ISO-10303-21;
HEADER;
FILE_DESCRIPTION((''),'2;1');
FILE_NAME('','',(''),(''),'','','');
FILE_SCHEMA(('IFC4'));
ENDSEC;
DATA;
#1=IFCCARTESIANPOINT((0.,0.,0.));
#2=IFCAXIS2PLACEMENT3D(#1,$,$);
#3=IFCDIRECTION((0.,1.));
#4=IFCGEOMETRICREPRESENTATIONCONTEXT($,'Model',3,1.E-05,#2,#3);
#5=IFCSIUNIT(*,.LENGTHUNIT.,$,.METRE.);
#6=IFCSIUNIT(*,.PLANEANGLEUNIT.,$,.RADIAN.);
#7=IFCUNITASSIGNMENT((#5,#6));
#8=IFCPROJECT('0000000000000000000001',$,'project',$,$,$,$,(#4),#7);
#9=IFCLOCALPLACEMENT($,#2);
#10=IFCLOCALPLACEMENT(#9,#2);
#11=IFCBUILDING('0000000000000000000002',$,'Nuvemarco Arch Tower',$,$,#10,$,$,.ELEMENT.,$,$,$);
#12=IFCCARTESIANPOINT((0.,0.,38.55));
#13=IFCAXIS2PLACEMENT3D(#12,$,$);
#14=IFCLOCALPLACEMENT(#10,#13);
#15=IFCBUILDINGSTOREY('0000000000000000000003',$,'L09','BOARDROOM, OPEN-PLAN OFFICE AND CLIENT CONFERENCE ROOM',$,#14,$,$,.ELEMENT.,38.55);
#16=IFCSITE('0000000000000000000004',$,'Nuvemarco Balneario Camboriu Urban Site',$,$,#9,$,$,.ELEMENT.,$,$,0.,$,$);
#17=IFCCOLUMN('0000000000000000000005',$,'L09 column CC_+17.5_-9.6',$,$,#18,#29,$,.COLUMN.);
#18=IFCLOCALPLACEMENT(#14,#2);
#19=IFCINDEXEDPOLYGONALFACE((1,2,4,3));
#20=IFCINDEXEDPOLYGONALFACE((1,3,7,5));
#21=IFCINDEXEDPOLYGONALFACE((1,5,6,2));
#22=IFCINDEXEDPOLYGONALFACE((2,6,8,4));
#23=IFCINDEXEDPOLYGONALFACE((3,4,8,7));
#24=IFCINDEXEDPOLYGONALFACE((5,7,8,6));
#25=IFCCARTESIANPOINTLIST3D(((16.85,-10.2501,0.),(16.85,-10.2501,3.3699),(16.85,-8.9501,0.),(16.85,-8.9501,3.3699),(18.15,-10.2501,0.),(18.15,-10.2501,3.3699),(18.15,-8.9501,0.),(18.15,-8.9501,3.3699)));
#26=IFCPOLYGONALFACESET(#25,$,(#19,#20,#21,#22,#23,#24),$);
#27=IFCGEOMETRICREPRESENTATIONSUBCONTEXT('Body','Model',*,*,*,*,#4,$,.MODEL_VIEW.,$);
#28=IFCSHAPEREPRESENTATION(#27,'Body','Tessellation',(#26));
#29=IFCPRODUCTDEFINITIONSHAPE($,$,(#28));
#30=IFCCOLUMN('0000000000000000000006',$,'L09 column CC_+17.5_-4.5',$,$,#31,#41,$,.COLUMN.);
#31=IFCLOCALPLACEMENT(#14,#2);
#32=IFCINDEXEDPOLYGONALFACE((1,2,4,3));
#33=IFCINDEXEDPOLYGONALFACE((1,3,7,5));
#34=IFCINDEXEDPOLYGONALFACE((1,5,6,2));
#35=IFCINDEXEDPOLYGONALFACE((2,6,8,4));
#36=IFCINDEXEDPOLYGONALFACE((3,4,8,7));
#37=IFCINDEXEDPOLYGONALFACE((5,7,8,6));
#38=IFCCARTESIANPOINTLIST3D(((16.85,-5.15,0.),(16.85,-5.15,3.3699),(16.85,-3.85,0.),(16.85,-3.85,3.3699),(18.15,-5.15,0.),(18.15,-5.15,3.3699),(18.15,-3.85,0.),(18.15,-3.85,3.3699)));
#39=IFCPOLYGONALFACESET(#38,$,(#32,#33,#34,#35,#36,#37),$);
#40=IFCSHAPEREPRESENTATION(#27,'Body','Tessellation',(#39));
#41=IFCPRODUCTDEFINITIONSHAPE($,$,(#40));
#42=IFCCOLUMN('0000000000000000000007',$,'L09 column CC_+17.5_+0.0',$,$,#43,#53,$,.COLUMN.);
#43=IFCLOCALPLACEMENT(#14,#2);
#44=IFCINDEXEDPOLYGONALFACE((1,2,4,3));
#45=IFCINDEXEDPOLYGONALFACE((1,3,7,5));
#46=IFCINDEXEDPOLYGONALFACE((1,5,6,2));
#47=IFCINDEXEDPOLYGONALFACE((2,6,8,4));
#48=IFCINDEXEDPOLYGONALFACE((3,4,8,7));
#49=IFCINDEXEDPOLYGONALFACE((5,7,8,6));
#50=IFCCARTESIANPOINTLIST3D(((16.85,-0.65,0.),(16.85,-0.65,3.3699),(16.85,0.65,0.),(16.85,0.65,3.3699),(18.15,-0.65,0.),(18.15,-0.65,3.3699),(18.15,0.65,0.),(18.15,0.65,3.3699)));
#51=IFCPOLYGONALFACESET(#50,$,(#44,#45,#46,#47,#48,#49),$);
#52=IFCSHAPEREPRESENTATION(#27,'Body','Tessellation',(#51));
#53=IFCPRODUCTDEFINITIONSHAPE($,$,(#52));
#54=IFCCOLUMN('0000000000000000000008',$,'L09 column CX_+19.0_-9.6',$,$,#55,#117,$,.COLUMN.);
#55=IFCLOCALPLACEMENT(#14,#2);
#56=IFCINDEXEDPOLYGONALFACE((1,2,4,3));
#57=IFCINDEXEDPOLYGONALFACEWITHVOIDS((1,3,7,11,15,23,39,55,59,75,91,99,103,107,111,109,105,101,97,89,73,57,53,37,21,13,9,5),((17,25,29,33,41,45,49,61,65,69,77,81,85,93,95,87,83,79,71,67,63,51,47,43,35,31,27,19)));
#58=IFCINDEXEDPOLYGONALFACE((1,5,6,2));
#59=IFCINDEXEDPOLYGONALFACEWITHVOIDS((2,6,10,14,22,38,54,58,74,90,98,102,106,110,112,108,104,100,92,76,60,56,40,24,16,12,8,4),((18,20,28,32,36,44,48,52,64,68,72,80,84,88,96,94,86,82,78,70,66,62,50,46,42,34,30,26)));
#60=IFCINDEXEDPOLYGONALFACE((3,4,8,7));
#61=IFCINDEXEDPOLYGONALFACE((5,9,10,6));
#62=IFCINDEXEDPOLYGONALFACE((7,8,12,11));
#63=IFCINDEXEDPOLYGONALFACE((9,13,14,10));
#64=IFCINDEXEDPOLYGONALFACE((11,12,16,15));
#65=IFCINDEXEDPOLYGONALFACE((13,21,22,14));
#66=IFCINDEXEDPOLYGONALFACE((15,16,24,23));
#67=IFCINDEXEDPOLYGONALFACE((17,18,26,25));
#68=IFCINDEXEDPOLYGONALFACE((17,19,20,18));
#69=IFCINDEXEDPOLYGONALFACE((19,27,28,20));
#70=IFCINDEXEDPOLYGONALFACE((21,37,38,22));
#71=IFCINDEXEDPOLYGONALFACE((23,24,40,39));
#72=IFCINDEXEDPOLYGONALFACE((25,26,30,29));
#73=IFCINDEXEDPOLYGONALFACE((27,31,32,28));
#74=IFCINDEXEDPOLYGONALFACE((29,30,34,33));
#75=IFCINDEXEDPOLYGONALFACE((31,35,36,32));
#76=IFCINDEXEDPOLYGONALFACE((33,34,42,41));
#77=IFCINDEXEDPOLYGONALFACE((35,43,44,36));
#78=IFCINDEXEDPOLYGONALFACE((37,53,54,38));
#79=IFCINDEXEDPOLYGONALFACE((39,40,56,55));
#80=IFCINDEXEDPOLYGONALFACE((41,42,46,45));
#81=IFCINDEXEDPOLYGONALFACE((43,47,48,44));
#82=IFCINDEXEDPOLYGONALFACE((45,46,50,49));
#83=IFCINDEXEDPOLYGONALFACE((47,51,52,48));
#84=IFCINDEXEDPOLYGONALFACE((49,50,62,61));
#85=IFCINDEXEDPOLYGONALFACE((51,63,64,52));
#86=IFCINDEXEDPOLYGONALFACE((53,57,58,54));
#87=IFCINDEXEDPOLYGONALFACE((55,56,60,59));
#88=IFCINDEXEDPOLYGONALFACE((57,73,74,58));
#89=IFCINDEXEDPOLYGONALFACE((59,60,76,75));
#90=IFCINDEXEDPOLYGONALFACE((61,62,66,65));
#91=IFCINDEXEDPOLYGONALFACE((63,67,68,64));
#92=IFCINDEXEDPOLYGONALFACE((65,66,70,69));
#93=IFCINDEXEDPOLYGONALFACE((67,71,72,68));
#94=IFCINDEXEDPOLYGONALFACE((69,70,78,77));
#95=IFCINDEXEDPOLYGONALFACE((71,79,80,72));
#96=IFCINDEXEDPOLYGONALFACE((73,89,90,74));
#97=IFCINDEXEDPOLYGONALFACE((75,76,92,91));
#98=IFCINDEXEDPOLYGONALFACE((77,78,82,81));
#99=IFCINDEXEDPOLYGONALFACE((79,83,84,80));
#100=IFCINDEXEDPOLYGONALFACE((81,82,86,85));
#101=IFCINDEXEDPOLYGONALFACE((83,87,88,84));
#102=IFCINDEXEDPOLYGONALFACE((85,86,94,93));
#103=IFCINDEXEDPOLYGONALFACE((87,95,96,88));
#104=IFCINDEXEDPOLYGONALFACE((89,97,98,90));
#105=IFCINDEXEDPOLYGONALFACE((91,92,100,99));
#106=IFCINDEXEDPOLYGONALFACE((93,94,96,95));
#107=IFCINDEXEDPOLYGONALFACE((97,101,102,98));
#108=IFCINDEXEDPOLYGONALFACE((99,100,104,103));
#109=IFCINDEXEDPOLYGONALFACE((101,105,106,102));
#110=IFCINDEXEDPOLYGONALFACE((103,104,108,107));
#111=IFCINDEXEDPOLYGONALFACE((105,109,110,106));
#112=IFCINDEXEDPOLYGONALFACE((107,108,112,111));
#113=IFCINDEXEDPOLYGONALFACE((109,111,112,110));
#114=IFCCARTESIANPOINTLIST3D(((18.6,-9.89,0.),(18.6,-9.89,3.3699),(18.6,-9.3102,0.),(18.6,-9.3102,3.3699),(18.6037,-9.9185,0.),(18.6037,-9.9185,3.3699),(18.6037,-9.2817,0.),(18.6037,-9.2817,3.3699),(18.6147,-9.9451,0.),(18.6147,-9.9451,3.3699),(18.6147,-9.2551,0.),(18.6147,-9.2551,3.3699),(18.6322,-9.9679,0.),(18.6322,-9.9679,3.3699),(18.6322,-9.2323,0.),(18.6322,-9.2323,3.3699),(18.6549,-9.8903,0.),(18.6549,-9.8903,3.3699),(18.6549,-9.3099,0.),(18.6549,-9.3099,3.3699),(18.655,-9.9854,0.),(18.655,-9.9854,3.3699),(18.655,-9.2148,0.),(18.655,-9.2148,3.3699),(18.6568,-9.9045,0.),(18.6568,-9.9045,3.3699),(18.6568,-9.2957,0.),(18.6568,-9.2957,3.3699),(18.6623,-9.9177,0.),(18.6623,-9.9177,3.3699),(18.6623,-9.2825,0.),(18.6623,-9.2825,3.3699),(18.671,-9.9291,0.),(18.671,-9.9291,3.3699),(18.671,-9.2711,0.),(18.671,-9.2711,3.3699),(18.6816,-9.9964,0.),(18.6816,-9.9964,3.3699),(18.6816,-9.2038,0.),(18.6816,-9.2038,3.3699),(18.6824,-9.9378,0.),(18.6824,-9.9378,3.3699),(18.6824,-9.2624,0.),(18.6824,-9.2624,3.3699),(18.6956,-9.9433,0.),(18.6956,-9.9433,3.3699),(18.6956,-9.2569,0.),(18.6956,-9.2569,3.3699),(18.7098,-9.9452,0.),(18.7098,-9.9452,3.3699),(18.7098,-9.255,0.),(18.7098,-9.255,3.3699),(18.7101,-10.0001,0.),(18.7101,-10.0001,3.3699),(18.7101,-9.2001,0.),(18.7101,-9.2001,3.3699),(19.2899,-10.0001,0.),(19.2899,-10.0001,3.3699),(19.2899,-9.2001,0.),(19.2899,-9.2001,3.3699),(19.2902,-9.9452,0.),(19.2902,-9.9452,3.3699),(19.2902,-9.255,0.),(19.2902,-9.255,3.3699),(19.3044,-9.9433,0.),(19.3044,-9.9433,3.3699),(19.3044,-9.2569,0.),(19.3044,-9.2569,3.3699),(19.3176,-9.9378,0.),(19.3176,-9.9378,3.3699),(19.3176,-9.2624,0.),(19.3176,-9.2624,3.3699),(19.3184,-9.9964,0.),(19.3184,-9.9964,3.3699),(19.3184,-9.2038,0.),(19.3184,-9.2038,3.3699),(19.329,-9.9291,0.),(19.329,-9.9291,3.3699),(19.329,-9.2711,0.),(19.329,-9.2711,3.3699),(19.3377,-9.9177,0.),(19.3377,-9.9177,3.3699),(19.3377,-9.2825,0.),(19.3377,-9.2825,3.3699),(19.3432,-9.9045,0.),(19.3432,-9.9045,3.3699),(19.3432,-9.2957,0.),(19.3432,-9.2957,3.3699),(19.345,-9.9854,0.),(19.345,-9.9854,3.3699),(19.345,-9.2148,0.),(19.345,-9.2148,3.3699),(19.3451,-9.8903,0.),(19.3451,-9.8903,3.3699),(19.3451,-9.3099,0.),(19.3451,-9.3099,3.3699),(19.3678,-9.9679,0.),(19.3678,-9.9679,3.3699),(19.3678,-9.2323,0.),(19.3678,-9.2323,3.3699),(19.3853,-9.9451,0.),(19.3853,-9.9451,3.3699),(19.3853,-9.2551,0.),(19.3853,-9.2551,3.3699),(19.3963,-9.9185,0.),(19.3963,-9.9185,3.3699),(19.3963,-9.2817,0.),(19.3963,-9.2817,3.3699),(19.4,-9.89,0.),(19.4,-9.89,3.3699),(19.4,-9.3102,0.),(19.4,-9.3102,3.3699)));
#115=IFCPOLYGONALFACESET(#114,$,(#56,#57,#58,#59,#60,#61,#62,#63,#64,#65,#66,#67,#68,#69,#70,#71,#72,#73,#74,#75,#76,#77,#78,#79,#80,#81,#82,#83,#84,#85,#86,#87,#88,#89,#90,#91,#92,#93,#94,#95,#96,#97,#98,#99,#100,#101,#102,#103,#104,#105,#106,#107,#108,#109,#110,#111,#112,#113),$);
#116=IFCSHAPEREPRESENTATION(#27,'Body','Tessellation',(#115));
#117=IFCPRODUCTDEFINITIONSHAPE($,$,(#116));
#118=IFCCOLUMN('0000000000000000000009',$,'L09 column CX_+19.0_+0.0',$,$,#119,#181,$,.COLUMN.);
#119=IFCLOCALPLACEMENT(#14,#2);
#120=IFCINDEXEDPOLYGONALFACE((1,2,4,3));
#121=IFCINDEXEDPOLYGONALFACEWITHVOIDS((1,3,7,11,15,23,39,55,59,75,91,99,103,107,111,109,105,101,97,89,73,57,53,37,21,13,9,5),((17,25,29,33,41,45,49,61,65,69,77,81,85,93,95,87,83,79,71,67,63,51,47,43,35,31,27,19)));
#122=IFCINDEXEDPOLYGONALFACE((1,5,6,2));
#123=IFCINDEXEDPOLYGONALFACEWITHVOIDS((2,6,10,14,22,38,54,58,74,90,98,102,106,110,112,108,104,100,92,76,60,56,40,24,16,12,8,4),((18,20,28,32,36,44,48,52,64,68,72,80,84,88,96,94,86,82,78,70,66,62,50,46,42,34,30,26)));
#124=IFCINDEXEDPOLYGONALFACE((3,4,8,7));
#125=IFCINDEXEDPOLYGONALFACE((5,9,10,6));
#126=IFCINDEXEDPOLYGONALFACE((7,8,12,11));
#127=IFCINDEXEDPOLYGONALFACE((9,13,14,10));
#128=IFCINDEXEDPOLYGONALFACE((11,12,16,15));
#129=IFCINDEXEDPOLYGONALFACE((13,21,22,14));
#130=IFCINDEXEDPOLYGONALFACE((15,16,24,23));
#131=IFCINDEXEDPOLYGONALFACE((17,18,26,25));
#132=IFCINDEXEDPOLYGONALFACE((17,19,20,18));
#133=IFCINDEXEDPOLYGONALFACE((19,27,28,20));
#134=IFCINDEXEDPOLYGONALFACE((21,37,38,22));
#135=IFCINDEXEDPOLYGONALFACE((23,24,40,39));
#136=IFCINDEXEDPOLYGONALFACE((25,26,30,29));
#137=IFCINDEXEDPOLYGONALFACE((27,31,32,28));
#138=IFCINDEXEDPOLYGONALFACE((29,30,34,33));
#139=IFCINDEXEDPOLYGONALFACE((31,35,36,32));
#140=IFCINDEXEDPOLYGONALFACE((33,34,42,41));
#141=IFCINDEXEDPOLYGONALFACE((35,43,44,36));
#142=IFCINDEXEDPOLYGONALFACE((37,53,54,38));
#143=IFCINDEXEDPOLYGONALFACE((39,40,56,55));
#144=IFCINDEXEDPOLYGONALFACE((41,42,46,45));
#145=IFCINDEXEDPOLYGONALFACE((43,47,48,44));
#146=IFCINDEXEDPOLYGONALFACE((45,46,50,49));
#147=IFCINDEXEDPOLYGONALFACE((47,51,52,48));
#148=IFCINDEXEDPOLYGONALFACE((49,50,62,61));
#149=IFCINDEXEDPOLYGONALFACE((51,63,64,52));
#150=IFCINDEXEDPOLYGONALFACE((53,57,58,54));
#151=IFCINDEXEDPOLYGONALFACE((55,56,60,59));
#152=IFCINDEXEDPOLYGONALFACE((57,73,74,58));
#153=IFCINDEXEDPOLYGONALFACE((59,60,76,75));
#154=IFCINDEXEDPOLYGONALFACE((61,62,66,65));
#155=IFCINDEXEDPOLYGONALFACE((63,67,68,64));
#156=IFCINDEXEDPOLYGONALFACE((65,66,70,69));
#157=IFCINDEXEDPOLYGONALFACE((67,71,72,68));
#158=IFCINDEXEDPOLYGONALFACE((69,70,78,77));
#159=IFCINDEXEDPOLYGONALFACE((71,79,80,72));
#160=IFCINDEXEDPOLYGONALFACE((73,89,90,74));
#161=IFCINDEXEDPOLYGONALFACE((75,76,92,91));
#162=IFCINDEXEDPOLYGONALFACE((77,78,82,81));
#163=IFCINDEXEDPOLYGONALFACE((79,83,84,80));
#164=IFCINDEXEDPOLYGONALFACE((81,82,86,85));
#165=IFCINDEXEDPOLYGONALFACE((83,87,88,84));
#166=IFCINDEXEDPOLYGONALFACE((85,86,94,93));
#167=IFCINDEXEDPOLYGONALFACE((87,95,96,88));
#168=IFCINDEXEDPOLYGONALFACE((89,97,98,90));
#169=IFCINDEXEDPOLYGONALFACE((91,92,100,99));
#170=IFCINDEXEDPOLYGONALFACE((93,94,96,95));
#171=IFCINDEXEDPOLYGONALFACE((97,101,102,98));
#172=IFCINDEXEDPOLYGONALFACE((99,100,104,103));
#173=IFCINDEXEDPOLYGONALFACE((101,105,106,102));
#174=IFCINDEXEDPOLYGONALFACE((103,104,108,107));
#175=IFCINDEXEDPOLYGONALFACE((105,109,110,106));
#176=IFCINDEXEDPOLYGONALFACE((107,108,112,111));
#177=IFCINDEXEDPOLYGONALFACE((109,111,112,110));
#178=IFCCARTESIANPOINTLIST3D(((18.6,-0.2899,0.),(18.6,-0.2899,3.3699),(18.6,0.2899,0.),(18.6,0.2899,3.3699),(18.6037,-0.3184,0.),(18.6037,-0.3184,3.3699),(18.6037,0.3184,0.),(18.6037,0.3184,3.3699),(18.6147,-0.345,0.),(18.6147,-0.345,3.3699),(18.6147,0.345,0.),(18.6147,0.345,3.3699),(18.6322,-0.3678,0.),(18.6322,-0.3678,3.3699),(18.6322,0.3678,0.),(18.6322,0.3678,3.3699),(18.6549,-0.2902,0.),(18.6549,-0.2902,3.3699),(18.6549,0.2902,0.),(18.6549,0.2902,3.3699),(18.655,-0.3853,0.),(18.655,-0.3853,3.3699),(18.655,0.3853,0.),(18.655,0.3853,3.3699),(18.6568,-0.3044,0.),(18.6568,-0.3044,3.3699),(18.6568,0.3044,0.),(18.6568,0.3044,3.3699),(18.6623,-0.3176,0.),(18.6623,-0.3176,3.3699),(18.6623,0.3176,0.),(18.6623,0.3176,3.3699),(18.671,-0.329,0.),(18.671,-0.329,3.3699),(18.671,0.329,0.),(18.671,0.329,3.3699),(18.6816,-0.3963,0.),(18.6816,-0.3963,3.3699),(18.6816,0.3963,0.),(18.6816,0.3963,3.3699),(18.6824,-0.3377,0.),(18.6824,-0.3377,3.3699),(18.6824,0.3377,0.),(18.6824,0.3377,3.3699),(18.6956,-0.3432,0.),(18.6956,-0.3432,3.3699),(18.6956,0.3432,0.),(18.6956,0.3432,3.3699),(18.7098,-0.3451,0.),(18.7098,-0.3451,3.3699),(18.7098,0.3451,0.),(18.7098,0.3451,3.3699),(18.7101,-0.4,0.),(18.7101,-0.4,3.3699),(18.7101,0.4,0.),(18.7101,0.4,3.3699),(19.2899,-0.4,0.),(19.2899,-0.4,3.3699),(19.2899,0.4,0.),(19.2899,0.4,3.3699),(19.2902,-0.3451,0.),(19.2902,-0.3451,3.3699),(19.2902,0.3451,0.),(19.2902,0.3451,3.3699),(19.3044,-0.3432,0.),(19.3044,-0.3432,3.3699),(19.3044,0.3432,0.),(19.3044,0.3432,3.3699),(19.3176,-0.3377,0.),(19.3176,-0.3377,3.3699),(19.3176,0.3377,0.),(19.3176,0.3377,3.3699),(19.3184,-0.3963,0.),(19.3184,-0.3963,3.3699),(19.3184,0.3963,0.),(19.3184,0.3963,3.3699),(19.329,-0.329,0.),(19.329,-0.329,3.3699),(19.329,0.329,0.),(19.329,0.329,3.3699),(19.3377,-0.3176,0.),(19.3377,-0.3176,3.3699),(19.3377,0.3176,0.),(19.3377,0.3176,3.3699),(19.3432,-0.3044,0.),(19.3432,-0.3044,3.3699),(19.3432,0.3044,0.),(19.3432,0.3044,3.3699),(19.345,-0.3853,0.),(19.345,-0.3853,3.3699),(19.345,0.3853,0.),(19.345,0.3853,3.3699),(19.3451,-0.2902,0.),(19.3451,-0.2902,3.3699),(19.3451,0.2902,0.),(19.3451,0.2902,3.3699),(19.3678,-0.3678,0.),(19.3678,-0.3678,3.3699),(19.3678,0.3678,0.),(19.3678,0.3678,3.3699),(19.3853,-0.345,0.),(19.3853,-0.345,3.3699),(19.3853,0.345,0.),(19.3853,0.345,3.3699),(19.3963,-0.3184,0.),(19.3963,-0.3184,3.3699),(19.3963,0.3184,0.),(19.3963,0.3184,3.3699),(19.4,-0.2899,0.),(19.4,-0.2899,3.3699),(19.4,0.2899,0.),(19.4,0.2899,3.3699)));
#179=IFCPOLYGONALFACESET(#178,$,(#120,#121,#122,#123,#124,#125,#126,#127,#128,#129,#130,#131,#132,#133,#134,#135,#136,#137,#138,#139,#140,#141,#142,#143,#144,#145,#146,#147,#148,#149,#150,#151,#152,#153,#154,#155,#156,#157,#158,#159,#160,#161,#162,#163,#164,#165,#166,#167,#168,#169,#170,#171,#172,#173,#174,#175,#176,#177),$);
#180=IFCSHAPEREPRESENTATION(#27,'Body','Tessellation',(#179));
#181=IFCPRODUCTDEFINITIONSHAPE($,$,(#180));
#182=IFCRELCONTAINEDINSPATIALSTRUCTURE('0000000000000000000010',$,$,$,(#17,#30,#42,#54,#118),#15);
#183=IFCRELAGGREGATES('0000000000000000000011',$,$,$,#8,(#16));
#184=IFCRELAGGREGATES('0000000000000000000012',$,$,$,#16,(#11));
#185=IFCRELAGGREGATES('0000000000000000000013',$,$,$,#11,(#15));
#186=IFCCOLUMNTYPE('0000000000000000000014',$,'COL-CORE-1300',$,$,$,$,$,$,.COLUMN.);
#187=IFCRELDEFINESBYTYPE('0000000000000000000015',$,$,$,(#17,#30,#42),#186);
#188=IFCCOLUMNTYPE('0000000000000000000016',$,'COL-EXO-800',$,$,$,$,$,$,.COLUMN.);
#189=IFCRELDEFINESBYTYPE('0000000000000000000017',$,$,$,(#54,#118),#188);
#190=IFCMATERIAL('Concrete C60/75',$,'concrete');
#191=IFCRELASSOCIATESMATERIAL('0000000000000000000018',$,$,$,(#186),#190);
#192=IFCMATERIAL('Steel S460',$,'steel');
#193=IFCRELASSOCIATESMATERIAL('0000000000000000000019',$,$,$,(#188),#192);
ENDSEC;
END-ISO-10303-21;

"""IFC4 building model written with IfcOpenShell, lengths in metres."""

from ifc_helpers import new_model, si_unit, direction, frame, origin, origin_2d, place, context, subcontext, project, spatial, rectangle, hollow_rectangle, extrude, material, material_profile, profile_set, type_object, element, save


model = new_model("IFC4")

# Units and contexts
model_context = context("Model", 3, precision=1e-05, world=origin(), true_north=direction((0.0, 1.0)))
body_context = subcontext(model_context, "Body", "Model", "MODEL_VIEW")
ifc_project = project(units=[si_unit("LENGTHUNIT", "METRE"), si_unit("PLANEANGLEUNIT", "RADIAN")], contexts=[model_context])

# Site, building, storey
site_placement = place(None, origin())
site = spatial("IfcSite", under=ifc_project, at=site_placement, Name="Nuvemarco Balneario Camboriu Urban Site", CompositionType="ELEMENT", RefElevation=0.0)
building_placement = place(site_placement, origin())
building = spatial("IfcBuilding", under=site, at=building_placement, Name="Nuvemarco Arch Tower", CompositionType="ELEMENT")
storey_placement = place(building_placement, frame((0.0, 0.0, 38.55)))
storey = spatial("IfcBuildingStorey", under=building, at=storey_placement, Name="L09", Description="BOARDROOM, OPEN-PLAN OFFICE AND CLIENT CONFERENCE ROOM", CompositionType="ELEMENT", Elevation=38.55)

# Columns
ifc_material_1 = material(Name="Concrete C60/75", Category="concrete")
ifc_material_profile_1 = material_profile(ifc_material_1, rectangle(XDim=1.3, YDim=1.3, at=origin_2d()), Name="RC-COL-1300x1300")
ifc_profile_set_1 = profile_set([ifc_material_profile_1], Name="Concrete C60/75")
column_type_1 = type_object("IfcColumnType", Name="COL-CORE-1300", PredefinedType="COLUMN", material=ifc_profile_set_1)
for number, where, z_axis, x_axis, name in (
    (1, (17.5, -9.6001, 0.0), (0.0, 0.0, 1.0), (1.0, 0.0, 0.0), "L09 column CC_+17.5_-9.6"),
    (2, (17.5, -4.5, 0.0), (0.0, 0.0, 1.0), (1.0, 0.0, 0.0), "L09 column CC_+17.5_-4.5"),
    (3, (17.5, 0.0, 0.0), (0.0, 0.0, 1.0), (1.0, 0.0, 0.0), "L09 column CC_+17.5_+0.0"),
):
    element("IfcColumn", number, at=place(storey_placement, frame(where, z_axis=z_axis, x_axis=x_axis)), inside=storey, type_object=column_type_1, Name=name, PredefinedType="COLUMN", context=body_context, shape_type="SweptSolid", body=[
        extrude(rectangle(XDim=1.3, YDim=1.3, at=origin_2d()), origin(), (0.0, 0.0, 1.0), 3.3699),
    ])
ifc_material_2 = material(Name="Steel S460", Category="steel")
ifc_material_profile_2 = material_profile(ifc_material_2, hollow_rectangle(XDim=0.8, YDim=0.8, WallThickness=0.0549, InnerFilletRadius=0.0549, OuterFilletRadius=0.1101, at=origin_2d()), Name="SHS800x800x55")
ifc_profile_set_2 = profile_set([ifc_material_profile_2], Name="Steel S460")
column_type_2 = type_object("IfcColumnType", Name="COL-EXO-800", PredefinedType="COLUMN", material=ifc_profile_set_2)
for number, where, z_axis, x_axis, name in (
    (4, (19.0, -9.6001, 0.0), (0.0, 0.0, 1.0), (1.0, 0.0, 0.0), "L09 column CX_+19.0_-9.6"),
    (5, (19.0, 0.0, 0.0), (0.0, 0.0, 1.0), (1.0, 0.0, 0.0), "L09 column CX_+19.0_+0.0"),
):
    element("IfcColumn", number, at=place(storey_placement, frame(where, z_axis=z_axis, x_axis=x_axis)), inside=storey, type_object=column_type_2, Name=name, PredefinedType="COLUMN", context=body_context, shape_type="SweptSolid", body=[
        extrude(hollow_rectangle(XDim=0.8, YDim=0.8, WallThickness=0.0549, InnerFilletRadius=0.0549, OuterFilletRadius=0.1101, at=origin_2d()), origin(), (0.0, 0.0, 1.0), 3.3699),
    ])

save(model, "model.ifc")
